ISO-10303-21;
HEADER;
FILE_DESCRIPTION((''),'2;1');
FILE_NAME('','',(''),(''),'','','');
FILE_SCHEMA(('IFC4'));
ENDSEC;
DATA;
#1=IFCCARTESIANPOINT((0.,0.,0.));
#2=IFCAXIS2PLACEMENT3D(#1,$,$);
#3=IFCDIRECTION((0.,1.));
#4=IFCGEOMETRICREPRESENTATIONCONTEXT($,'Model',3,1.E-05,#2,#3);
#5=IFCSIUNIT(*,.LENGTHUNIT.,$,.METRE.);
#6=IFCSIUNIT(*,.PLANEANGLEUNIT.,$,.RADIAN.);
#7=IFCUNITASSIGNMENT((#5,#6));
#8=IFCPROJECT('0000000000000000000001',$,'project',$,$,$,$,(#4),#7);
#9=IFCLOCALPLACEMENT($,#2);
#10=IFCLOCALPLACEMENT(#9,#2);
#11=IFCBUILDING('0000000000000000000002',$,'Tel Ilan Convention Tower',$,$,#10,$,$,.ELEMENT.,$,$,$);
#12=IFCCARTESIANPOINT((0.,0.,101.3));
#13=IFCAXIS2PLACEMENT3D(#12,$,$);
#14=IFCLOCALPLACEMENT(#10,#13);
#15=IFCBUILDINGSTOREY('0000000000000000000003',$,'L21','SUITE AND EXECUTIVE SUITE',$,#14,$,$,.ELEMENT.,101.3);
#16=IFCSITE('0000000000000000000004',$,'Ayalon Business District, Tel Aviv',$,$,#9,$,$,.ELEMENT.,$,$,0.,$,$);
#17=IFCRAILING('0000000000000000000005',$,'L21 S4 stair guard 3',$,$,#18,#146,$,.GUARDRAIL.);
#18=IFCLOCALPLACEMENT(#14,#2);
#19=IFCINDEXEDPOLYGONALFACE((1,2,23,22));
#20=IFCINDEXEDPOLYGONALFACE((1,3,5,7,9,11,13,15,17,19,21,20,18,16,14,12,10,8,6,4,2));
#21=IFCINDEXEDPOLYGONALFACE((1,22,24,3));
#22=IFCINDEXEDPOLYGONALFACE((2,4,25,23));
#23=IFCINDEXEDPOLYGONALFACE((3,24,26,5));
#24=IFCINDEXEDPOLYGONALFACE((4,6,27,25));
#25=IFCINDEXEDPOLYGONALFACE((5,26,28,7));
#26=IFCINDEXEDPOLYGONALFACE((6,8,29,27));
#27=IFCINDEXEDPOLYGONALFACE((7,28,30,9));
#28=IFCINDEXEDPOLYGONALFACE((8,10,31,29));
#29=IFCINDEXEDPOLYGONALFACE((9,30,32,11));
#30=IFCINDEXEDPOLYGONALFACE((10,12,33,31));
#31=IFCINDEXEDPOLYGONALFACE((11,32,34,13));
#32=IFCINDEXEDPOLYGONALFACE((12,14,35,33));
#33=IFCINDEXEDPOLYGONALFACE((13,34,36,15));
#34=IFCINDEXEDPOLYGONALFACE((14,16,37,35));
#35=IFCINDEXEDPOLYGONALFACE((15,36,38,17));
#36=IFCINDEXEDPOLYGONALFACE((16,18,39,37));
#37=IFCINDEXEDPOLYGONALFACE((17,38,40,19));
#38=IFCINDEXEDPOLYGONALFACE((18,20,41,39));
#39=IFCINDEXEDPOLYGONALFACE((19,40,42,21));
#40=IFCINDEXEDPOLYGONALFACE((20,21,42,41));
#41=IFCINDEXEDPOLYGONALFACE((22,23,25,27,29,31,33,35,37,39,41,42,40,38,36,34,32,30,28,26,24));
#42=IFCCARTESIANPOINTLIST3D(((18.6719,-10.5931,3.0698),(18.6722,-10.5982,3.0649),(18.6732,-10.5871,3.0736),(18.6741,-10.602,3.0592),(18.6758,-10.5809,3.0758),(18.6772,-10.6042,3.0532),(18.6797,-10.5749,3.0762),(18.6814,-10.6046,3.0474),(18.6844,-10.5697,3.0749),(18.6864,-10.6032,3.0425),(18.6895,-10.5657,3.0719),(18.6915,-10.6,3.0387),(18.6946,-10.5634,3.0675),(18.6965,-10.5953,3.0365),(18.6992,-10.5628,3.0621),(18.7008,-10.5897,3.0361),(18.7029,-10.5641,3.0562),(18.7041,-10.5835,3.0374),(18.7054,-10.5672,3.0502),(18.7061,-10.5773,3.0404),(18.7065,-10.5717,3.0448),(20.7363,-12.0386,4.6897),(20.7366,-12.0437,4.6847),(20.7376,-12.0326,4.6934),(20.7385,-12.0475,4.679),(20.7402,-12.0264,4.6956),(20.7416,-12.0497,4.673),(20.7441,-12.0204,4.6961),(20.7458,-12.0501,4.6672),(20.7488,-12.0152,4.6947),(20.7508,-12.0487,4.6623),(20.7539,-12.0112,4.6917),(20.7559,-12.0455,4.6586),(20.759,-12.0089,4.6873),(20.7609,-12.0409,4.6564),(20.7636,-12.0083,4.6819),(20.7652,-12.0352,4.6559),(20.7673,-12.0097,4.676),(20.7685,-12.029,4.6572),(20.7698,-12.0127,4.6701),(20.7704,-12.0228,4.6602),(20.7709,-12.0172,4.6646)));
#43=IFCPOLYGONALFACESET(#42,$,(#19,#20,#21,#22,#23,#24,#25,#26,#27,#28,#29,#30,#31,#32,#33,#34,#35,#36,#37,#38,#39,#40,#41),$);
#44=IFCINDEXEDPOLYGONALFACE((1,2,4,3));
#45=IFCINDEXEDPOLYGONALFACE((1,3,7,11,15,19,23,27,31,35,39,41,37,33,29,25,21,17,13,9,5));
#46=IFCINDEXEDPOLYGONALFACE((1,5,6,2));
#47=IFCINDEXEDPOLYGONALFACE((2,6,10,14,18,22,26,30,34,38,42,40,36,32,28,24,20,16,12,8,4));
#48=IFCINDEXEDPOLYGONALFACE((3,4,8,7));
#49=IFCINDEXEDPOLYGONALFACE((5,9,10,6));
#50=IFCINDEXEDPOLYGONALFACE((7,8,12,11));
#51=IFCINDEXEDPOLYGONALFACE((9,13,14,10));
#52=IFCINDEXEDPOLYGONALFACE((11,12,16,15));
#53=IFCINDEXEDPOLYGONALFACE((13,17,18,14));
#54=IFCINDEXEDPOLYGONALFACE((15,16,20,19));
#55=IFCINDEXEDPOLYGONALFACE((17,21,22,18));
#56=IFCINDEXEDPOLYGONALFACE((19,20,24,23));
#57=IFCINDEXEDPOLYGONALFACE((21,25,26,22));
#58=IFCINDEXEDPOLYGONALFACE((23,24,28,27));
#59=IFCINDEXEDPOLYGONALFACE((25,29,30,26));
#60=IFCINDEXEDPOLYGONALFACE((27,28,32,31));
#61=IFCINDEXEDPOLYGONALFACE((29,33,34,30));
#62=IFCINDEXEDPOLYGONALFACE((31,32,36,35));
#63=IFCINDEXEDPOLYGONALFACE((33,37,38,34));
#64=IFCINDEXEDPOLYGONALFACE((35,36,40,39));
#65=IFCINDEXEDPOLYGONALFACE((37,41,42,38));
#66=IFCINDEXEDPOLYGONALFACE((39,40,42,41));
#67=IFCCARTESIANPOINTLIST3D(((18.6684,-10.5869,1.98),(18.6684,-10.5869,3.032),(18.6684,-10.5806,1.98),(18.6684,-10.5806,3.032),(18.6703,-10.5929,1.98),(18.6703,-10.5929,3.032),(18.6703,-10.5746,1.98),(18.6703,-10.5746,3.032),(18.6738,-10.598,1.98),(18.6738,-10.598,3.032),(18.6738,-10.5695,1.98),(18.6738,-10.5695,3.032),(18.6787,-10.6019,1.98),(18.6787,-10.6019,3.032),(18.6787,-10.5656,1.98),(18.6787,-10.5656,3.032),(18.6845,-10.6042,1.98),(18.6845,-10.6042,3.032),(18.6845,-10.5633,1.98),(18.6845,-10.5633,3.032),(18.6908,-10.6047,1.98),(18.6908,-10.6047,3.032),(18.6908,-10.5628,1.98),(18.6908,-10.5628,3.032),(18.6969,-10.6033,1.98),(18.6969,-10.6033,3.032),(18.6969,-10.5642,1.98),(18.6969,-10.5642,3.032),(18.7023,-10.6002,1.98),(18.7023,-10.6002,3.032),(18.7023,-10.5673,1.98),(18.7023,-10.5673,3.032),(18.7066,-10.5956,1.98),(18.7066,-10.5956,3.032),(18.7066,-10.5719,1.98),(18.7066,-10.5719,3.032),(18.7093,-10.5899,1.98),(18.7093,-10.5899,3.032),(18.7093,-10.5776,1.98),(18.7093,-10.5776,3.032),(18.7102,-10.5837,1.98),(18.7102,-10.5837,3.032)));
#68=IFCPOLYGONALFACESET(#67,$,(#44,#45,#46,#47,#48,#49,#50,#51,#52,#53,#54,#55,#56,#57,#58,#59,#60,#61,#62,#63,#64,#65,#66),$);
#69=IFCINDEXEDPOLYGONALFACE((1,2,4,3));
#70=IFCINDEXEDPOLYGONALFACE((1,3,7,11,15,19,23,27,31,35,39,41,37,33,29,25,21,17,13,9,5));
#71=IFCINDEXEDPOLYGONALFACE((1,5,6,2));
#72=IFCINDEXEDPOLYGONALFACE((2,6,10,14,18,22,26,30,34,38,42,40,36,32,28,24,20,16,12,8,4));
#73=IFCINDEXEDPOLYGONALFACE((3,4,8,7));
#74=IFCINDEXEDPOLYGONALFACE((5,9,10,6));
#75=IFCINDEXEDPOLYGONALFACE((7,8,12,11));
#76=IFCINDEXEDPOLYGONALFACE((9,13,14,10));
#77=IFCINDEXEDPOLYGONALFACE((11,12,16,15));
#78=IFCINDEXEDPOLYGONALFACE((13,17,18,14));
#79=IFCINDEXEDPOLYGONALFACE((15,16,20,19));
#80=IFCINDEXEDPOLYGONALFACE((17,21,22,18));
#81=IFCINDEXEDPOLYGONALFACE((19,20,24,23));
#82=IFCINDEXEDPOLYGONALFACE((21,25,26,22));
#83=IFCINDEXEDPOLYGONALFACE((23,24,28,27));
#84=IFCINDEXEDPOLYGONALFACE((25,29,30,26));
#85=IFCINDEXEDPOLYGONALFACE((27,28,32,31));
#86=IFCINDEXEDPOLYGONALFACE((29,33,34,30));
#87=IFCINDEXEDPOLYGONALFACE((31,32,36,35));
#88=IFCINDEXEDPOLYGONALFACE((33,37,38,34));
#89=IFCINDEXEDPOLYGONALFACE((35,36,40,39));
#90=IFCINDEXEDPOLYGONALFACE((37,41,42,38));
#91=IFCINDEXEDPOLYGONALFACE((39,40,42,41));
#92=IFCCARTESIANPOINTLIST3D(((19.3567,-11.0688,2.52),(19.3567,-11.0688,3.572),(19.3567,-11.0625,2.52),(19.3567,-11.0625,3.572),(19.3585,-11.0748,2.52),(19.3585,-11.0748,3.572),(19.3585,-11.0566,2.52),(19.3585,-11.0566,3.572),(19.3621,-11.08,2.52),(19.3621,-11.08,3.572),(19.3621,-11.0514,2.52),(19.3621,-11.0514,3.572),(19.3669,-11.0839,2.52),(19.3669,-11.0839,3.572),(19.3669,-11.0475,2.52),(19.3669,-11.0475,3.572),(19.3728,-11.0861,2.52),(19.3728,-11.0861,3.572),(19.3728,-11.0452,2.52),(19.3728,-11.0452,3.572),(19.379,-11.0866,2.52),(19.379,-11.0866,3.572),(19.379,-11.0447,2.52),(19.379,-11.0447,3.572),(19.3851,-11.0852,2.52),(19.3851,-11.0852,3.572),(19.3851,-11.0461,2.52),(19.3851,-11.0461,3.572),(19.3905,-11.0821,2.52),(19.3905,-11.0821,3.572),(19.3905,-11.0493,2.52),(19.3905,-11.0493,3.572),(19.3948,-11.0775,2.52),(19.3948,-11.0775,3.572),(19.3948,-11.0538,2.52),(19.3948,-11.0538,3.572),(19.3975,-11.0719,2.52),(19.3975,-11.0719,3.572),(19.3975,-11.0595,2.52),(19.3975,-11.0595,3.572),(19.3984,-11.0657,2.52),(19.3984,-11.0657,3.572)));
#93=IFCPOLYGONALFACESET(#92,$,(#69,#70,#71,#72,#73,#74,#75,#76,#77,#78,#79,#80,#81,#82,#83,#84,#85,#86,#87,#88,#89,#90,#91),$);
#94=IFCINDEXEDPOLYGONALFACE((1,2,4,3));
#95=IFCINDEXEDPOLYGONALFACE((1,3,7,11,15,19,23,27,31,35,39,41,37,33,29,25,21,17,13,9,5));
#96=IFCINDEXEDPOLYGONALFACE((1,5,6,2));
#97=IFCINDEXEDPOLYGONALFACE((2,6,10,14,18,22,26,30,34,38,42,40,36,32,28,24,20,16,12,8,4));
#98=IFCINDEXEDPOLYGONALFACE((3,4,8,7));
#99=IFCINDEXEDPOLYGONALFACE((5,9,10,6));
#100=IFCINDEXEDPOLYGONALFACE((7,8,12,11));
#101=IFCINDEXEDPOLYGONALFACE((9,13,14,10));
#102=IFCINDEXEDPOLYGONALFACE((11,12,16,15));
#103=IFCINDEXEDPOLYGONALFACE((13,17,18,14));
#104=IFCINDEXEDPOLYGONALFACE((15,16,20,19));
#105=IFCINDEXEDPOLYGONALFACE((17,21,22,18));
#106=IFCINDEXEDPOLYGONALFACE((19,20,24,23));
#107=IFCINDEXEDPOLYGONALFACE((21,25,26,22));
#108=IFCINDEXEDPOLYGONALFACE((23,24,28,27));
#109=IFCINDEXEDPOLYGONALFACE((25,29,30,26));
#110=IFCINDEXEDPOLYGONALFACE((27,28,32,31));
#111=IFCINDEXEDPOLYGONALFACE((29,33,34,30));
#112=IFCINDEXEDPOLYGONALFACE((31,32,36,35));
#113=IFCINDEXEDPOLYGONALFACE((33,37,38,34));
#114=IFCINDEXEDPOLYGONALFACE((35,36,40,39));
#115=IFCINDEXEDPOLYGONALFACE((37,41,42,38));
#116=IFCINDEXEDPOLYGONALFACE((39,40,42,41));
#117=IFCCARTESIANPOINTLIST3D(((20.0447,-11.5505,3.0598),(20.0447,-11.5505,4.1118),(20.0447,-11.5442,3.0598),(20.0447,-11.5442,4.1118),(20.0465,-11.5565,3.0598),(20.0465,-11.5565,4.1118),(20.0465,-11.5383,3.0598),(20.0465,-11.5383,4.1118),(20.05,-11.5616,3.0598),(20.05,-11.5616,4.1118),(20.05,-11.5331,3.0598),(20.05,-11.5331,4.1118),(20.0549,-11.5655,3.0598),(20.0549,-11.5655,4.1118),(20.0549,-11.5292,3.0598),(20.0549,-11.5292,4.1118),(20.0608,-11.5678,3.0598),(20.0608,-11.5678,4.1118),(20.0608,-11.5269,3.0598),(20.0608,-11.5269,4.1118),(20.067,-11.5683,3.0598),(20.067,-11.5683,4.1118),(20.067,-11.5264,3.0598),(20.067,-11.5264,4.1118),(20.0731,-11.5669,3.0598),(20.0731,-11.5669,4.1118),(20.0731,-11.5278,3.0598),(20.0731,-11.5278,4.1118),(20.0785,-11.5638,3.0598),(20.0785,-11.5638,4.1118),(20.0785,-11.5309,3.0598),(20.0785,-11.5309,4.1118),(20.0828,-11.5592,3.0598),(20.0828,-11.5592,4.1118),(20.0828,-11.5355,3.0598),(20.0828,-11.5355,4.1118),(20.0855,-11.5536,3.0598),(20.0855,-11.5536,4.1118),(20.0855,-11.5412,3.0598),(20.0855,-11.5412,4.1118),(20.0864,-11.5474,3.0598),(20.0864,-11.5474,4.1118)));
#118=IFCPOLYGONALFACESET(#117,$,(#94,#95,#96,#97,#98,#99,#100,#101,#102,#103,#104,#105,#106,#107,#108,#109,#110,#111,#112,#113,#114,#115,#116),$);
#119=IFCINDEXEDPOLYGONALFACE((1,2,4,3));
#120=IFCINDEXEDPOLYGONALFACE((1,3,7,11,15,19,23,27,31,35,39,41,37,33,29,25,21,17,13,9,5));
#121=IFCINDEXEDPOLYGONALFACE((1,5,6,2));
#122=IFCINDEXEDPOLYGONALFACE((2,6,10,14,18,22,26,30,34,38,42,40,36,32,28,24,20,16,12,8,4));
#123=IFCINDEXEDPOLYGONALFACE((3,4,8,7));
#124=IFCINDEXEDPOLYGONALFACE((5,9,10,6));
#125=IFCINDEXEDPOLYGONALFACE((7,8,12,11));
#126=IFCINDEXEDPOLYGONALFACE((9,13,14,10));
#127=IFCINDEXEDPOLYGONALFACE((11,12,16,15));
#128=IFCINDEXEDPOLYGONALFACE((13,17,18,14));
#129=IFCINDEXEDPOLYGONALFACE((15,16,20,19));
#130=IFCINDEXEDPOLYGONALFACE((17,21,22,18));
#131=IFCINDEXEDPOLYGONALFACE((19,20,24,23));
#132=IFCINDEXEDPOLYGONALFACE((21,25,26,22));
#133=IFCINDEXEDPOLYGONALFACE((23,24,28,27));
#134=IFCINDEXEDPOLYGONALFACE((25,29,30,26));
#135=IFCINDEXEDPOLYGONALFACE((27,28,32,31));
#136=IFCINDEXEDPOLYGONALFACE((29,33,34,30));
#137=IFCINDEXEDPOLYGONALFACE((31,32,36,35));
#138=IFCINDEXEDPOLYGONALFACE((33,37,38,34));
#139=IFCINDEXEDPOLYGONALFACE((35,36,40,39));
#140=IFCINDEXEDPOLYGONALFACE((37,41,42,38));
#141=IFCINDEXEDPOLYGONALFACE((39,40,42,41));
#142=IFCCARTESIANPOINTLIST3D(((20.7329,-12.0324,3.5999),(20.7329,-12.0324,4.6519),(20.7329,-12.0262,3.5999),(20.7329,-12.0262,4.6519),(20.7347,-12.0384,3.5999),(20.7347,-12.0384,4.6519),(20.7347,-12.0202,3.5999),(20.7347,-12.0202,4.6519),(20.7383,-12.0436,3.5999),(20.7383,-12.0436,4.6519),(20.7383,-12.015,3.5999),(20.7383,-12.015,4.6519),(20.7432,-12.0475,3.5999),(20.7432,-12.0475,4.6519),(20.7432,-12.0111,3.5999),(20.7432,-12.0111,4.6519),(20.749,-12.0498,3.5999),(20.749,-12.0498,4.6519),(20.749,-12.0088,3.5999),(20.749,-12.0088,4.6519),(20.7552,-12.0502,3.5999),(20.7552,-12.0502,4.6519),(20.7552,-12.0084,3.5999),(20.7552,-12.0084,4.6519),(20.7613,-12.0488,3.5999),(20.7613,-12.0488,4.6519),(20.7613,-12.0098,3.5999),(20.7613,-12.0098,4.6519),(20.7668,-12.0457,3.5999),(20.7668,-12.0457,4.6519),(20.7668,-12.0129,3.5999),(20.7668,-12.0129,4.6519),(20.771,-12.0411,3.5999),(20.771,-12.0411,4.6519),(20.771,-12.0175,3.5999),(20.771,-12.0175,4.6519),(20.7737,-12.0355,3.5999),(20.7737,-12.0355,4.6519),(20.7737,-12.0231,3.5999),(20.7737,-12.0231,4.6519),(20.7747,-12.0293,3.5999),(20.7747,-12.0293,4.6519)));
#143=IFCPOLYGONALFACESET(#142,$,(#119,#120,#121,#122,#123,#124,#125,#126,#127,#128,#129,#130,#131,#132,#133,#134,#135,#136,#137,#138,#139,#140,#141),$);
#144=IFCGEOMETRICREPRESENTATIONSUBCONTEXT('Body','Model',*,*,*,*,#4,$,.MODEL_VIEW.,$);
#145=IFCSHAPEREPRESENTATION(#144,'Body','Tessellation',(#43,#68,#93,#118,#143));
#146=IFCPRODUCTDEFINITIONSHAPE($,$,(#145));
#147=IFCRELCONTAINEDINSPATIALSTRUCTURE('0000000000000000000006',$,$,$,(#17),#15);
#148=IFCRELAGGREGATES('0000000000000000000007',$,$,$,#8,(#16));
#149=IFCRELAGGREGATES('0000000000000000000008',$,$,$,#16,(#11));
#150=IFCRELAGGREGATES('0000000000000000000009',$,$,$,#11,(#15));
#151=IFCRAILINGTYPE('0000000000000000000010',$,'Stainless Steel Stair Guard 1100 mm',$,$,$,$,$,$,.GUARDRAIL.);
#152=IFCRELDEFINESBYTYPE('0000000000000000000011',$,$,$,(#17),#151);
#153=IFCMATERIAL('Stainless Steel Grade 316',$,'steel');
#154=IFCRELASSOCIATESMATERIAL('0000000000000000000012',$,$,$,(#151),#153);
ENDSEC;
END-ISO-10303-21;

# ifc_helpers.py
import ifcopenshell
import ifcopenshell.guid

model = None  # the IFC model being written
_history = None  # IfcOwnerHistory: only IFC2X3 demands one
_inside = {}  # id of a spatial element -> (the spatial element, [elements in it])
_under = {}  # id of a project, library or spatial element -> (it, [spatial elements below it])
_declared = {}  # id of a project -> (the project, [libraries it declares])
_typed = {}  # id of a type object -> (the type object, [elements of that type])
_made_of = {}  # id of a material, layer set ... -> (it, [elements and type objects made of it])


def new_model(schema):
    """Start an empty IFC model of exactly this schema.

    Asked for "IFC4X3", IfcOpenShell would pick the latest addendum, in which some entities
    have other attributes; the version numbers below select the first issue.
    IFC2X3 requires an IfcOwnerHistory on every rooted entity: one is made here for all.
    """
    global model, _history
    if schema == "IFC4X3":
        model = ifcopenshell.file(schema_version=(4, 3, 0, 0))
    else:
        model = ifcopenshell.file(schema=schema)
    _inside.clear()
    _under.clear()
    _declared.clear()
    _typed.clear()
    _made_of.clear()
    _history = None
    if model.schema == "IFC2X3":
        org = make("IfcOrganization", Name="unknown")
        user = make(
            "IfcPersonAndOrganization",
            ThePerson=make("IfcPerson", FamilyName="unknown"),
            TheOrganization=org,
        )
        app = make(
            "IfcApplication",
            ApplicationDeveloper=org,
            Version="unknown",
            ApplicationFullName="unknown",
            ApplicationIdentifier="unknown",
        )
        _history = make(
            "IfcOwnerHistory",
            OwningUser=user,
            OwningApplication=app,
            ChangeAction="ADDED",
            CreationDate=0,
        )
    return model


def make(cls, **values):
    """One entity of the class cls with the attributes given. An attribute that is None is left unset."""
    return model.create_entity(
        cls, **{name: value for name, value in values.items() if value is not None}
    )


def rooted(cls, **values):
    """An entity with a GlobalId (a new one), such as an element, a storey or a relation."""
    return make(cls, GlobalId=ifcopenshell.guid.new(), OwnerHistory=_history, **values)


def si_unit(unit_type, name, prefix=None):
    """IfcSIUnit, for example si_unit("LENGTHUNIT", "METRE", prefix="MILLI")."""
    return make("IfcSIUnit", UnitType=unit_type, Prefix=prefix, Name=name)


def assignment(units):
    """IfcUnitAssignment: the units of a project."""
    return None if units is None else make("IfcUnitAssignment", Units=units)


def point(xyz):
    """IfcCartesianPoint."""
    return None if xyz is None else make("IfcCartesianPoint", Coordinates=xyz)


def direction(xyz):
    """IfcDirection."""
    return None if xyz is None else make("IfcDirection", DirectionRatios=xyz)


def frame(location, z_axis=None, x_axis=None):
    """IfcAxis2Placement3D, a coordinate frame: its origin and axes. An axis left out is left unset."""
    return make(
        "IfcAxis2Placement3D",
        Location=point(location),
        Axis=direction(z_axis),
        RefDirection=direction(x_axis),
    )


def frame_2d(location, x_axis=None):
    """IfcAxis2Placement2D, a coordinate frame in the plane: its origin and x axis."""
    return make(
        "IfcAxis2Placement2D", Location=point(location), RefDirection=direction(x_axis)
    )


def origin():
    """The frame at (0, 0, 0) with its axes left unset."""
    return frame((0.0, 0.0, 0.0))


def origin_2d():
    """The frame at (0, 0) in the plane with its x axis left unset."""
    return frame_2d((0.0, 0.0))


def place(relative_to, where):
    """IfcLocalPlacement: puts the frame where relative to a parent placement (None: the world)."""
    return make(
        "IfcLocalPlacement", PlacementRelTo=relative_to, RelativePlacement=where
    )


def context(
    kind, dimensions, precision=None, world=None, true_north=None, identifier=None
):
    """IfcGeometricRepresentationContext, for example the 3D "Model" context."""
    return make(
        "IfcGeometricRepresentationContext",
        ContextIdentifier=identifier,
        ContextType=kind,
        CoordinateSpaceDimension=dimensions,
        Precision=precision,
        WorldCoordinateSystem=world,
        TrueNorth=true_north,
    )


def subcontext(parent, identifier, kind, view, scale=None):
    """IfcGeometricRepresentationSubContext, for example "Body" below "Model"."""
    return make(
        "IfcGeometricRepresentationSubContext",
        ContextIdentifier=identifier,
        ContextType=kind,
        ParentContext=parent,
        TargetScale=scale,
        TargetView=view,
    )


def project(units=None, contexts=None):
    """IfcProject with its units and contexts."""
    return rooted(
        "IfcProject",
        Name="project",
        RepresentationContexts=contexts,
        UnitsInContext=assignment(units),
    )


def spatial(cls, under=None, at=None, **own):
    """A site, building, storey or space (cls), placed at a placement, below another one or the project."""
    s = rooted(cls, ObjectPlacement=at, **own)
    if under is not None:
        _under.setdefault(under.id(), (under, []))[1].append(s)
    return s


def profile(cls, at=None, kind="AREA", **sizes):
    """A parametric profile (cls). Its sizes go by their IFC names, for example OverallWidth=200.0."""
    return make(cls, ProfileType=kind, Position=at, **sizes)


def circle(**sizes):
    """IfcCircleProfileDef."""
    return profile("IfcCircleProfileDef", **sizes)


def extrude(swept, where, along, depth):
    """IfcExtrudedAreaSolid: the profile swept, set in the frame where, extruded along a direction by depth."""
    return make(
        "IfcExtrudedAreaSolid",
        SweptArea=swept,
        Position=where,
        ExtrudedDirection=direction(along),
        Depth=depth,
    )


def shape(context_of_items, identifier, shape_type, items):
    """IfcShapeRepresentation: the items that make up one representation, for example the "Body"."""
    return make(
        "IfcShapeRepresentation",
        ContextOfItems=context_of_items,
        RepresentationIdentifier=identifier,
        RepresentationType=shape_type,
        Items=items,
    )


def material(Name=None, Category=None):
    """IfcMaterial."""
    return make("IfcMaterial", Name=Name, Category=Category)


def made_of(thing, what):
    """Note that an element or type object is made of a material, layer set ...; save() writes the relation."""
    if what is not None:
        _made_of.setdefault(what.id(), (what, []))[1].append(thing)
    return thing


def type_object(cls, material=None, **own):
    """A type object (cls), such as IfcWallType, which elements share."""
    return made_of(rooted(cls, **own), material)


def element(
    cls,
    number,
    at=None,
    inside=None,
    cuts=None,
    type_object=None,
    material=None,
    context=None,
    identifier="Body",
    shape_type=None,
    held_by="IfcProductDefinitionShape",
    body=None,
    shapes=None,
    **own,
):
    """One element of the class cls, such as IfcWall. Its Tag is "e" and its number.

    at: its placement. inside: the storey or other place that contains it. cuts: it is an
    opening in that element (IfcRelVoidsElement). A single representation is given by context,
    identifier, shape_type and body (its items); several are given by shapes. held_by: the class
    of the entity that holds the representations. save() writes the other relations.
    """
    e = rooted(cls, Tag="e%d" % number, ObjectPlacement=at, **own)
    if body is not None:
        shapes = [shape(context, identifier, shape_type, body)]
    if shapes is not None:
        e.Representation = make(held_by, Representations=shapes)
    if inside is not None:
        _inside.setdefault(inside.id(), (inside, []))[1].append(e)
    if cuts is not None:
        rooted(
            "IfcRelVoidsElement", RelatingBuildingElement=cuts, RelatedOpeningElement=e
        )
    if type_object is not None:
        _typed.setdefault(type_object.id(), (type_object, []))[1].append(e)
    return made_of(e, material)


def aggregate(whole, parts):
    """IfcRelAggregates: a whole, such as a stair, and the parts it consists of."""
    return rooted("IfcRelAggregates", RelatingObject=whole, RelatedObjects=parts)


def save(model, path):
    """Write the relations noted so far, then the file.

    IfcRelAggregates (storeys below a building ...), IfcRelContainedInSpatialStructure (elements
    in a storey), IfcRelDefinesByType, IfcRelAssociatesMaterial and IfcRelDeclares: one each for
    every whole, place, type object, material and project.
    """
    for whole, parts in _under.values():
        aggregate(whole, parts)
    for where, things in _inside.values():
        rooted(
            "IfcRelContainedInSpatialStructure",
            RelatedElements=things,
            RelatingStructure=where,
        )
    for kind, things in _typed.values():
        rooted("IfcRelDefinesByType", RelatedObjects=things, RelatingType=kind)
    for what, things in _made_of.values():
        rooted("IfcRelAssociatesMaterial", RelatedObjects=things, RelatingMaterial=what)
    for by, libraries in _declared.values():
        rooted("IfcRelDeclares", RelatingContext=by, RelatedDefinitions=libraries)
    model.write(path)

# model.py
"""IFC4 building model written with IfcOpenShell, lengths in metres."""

from ifc_helpers import new_model, si_unit, direction, frame, origin, origin_2d, place, context, subcontext, project, spatial, circle, extrude, material, type_object, element, save


model = new_model("IFC4")

# Units and contexts
model_context = context("Model", 3, precision=1e-05, world=origin(), true_north=direction((0.0, 1.0)))
body_context = subcontext(model_context, "Body", "Model", "MODEL_VIEW")
ifc_project = project(units=[si_unit("LENGTHUNIT", "METRE"), si_unit("PLANEANGLEUNIT", "RADIAN")], contexts=[model_context])

# Site, building, storey
site_placement = place(None, origin())
site = spatial("IfcSite", under=ifc_project, at=site_placement, Name="Ayalon Business District, Tel Aviv", CompositionType="ELEMENT", RefElevation=0.0)
building_placement = place(site_placement, origin())
building = spatial("IfcBuilding", under=site, at=building_placement, Name="Tel Ilan Convention Tower", CompositionType="ELEMENT")
storey_placement = place(building_placement, frame((0.0, 0.0, 101.3)))
storey = spatial("IfcBuildingStorey", under=building, at=storey_placement, Name="L21", Description="SUITE AND EXECUTIVE SUITE", CompositionType="ELEMENT", Elevation=101.3)

# Railing
ifc_material_1 = material(Name="Stainless Steel Grade 316", Category="steel")
railing_type_1 = type_object("IfcRailingType", Name="Stainless Steel Stair Guard 1100 mm", PredefinedType="GUARDRAIL", material=ifc_material_1)
railing_1_placement = place(storey_placement, frame((18.6892, -10.5837, 1.98)))
element("IfcRailing", 1, at=railing_1_placement, inside=storey, type_object=railing_type_1, Name="L21 S4 stair guard 3", PredefinedType="GUARDRAIL", context=body_context, shape_type="SweptSolid", body=[
    extrude(circle(Radius=0.0239, at=origin_2d()), frame((0.0, 0.0, 1.0762), z_axis=(0.689086, -0.482507, 0.540691), x_axis=(0.573579, 0.81915, 0.0)), (0.0, 0.0, 1.0), 2.9958),
    extrude(circle(Radius=0.021, at=origin_2d()), origin(), (0.0, 0.0, 1.0), 1.052),
    extrude(circle(Radius=0.021, at=origin_2d()), frame((0.6882, -0.4819, 0.54)), (0.0, 0.0, 1.0), 1.052),
    extrude(circle(Radius=0.021, at=origin_2d()), frame((1.3762, -0.9636, 1.0798)), (0.0, 0.0, 1.0), 1.052),
    extrude(circle(Radius=0.021, at=origin_2d()), frame((2.0645, -1.4456, 1.6199)), (0.0, 0.0, 1.0), 1.052),
])

save(model, "model.ifc")
